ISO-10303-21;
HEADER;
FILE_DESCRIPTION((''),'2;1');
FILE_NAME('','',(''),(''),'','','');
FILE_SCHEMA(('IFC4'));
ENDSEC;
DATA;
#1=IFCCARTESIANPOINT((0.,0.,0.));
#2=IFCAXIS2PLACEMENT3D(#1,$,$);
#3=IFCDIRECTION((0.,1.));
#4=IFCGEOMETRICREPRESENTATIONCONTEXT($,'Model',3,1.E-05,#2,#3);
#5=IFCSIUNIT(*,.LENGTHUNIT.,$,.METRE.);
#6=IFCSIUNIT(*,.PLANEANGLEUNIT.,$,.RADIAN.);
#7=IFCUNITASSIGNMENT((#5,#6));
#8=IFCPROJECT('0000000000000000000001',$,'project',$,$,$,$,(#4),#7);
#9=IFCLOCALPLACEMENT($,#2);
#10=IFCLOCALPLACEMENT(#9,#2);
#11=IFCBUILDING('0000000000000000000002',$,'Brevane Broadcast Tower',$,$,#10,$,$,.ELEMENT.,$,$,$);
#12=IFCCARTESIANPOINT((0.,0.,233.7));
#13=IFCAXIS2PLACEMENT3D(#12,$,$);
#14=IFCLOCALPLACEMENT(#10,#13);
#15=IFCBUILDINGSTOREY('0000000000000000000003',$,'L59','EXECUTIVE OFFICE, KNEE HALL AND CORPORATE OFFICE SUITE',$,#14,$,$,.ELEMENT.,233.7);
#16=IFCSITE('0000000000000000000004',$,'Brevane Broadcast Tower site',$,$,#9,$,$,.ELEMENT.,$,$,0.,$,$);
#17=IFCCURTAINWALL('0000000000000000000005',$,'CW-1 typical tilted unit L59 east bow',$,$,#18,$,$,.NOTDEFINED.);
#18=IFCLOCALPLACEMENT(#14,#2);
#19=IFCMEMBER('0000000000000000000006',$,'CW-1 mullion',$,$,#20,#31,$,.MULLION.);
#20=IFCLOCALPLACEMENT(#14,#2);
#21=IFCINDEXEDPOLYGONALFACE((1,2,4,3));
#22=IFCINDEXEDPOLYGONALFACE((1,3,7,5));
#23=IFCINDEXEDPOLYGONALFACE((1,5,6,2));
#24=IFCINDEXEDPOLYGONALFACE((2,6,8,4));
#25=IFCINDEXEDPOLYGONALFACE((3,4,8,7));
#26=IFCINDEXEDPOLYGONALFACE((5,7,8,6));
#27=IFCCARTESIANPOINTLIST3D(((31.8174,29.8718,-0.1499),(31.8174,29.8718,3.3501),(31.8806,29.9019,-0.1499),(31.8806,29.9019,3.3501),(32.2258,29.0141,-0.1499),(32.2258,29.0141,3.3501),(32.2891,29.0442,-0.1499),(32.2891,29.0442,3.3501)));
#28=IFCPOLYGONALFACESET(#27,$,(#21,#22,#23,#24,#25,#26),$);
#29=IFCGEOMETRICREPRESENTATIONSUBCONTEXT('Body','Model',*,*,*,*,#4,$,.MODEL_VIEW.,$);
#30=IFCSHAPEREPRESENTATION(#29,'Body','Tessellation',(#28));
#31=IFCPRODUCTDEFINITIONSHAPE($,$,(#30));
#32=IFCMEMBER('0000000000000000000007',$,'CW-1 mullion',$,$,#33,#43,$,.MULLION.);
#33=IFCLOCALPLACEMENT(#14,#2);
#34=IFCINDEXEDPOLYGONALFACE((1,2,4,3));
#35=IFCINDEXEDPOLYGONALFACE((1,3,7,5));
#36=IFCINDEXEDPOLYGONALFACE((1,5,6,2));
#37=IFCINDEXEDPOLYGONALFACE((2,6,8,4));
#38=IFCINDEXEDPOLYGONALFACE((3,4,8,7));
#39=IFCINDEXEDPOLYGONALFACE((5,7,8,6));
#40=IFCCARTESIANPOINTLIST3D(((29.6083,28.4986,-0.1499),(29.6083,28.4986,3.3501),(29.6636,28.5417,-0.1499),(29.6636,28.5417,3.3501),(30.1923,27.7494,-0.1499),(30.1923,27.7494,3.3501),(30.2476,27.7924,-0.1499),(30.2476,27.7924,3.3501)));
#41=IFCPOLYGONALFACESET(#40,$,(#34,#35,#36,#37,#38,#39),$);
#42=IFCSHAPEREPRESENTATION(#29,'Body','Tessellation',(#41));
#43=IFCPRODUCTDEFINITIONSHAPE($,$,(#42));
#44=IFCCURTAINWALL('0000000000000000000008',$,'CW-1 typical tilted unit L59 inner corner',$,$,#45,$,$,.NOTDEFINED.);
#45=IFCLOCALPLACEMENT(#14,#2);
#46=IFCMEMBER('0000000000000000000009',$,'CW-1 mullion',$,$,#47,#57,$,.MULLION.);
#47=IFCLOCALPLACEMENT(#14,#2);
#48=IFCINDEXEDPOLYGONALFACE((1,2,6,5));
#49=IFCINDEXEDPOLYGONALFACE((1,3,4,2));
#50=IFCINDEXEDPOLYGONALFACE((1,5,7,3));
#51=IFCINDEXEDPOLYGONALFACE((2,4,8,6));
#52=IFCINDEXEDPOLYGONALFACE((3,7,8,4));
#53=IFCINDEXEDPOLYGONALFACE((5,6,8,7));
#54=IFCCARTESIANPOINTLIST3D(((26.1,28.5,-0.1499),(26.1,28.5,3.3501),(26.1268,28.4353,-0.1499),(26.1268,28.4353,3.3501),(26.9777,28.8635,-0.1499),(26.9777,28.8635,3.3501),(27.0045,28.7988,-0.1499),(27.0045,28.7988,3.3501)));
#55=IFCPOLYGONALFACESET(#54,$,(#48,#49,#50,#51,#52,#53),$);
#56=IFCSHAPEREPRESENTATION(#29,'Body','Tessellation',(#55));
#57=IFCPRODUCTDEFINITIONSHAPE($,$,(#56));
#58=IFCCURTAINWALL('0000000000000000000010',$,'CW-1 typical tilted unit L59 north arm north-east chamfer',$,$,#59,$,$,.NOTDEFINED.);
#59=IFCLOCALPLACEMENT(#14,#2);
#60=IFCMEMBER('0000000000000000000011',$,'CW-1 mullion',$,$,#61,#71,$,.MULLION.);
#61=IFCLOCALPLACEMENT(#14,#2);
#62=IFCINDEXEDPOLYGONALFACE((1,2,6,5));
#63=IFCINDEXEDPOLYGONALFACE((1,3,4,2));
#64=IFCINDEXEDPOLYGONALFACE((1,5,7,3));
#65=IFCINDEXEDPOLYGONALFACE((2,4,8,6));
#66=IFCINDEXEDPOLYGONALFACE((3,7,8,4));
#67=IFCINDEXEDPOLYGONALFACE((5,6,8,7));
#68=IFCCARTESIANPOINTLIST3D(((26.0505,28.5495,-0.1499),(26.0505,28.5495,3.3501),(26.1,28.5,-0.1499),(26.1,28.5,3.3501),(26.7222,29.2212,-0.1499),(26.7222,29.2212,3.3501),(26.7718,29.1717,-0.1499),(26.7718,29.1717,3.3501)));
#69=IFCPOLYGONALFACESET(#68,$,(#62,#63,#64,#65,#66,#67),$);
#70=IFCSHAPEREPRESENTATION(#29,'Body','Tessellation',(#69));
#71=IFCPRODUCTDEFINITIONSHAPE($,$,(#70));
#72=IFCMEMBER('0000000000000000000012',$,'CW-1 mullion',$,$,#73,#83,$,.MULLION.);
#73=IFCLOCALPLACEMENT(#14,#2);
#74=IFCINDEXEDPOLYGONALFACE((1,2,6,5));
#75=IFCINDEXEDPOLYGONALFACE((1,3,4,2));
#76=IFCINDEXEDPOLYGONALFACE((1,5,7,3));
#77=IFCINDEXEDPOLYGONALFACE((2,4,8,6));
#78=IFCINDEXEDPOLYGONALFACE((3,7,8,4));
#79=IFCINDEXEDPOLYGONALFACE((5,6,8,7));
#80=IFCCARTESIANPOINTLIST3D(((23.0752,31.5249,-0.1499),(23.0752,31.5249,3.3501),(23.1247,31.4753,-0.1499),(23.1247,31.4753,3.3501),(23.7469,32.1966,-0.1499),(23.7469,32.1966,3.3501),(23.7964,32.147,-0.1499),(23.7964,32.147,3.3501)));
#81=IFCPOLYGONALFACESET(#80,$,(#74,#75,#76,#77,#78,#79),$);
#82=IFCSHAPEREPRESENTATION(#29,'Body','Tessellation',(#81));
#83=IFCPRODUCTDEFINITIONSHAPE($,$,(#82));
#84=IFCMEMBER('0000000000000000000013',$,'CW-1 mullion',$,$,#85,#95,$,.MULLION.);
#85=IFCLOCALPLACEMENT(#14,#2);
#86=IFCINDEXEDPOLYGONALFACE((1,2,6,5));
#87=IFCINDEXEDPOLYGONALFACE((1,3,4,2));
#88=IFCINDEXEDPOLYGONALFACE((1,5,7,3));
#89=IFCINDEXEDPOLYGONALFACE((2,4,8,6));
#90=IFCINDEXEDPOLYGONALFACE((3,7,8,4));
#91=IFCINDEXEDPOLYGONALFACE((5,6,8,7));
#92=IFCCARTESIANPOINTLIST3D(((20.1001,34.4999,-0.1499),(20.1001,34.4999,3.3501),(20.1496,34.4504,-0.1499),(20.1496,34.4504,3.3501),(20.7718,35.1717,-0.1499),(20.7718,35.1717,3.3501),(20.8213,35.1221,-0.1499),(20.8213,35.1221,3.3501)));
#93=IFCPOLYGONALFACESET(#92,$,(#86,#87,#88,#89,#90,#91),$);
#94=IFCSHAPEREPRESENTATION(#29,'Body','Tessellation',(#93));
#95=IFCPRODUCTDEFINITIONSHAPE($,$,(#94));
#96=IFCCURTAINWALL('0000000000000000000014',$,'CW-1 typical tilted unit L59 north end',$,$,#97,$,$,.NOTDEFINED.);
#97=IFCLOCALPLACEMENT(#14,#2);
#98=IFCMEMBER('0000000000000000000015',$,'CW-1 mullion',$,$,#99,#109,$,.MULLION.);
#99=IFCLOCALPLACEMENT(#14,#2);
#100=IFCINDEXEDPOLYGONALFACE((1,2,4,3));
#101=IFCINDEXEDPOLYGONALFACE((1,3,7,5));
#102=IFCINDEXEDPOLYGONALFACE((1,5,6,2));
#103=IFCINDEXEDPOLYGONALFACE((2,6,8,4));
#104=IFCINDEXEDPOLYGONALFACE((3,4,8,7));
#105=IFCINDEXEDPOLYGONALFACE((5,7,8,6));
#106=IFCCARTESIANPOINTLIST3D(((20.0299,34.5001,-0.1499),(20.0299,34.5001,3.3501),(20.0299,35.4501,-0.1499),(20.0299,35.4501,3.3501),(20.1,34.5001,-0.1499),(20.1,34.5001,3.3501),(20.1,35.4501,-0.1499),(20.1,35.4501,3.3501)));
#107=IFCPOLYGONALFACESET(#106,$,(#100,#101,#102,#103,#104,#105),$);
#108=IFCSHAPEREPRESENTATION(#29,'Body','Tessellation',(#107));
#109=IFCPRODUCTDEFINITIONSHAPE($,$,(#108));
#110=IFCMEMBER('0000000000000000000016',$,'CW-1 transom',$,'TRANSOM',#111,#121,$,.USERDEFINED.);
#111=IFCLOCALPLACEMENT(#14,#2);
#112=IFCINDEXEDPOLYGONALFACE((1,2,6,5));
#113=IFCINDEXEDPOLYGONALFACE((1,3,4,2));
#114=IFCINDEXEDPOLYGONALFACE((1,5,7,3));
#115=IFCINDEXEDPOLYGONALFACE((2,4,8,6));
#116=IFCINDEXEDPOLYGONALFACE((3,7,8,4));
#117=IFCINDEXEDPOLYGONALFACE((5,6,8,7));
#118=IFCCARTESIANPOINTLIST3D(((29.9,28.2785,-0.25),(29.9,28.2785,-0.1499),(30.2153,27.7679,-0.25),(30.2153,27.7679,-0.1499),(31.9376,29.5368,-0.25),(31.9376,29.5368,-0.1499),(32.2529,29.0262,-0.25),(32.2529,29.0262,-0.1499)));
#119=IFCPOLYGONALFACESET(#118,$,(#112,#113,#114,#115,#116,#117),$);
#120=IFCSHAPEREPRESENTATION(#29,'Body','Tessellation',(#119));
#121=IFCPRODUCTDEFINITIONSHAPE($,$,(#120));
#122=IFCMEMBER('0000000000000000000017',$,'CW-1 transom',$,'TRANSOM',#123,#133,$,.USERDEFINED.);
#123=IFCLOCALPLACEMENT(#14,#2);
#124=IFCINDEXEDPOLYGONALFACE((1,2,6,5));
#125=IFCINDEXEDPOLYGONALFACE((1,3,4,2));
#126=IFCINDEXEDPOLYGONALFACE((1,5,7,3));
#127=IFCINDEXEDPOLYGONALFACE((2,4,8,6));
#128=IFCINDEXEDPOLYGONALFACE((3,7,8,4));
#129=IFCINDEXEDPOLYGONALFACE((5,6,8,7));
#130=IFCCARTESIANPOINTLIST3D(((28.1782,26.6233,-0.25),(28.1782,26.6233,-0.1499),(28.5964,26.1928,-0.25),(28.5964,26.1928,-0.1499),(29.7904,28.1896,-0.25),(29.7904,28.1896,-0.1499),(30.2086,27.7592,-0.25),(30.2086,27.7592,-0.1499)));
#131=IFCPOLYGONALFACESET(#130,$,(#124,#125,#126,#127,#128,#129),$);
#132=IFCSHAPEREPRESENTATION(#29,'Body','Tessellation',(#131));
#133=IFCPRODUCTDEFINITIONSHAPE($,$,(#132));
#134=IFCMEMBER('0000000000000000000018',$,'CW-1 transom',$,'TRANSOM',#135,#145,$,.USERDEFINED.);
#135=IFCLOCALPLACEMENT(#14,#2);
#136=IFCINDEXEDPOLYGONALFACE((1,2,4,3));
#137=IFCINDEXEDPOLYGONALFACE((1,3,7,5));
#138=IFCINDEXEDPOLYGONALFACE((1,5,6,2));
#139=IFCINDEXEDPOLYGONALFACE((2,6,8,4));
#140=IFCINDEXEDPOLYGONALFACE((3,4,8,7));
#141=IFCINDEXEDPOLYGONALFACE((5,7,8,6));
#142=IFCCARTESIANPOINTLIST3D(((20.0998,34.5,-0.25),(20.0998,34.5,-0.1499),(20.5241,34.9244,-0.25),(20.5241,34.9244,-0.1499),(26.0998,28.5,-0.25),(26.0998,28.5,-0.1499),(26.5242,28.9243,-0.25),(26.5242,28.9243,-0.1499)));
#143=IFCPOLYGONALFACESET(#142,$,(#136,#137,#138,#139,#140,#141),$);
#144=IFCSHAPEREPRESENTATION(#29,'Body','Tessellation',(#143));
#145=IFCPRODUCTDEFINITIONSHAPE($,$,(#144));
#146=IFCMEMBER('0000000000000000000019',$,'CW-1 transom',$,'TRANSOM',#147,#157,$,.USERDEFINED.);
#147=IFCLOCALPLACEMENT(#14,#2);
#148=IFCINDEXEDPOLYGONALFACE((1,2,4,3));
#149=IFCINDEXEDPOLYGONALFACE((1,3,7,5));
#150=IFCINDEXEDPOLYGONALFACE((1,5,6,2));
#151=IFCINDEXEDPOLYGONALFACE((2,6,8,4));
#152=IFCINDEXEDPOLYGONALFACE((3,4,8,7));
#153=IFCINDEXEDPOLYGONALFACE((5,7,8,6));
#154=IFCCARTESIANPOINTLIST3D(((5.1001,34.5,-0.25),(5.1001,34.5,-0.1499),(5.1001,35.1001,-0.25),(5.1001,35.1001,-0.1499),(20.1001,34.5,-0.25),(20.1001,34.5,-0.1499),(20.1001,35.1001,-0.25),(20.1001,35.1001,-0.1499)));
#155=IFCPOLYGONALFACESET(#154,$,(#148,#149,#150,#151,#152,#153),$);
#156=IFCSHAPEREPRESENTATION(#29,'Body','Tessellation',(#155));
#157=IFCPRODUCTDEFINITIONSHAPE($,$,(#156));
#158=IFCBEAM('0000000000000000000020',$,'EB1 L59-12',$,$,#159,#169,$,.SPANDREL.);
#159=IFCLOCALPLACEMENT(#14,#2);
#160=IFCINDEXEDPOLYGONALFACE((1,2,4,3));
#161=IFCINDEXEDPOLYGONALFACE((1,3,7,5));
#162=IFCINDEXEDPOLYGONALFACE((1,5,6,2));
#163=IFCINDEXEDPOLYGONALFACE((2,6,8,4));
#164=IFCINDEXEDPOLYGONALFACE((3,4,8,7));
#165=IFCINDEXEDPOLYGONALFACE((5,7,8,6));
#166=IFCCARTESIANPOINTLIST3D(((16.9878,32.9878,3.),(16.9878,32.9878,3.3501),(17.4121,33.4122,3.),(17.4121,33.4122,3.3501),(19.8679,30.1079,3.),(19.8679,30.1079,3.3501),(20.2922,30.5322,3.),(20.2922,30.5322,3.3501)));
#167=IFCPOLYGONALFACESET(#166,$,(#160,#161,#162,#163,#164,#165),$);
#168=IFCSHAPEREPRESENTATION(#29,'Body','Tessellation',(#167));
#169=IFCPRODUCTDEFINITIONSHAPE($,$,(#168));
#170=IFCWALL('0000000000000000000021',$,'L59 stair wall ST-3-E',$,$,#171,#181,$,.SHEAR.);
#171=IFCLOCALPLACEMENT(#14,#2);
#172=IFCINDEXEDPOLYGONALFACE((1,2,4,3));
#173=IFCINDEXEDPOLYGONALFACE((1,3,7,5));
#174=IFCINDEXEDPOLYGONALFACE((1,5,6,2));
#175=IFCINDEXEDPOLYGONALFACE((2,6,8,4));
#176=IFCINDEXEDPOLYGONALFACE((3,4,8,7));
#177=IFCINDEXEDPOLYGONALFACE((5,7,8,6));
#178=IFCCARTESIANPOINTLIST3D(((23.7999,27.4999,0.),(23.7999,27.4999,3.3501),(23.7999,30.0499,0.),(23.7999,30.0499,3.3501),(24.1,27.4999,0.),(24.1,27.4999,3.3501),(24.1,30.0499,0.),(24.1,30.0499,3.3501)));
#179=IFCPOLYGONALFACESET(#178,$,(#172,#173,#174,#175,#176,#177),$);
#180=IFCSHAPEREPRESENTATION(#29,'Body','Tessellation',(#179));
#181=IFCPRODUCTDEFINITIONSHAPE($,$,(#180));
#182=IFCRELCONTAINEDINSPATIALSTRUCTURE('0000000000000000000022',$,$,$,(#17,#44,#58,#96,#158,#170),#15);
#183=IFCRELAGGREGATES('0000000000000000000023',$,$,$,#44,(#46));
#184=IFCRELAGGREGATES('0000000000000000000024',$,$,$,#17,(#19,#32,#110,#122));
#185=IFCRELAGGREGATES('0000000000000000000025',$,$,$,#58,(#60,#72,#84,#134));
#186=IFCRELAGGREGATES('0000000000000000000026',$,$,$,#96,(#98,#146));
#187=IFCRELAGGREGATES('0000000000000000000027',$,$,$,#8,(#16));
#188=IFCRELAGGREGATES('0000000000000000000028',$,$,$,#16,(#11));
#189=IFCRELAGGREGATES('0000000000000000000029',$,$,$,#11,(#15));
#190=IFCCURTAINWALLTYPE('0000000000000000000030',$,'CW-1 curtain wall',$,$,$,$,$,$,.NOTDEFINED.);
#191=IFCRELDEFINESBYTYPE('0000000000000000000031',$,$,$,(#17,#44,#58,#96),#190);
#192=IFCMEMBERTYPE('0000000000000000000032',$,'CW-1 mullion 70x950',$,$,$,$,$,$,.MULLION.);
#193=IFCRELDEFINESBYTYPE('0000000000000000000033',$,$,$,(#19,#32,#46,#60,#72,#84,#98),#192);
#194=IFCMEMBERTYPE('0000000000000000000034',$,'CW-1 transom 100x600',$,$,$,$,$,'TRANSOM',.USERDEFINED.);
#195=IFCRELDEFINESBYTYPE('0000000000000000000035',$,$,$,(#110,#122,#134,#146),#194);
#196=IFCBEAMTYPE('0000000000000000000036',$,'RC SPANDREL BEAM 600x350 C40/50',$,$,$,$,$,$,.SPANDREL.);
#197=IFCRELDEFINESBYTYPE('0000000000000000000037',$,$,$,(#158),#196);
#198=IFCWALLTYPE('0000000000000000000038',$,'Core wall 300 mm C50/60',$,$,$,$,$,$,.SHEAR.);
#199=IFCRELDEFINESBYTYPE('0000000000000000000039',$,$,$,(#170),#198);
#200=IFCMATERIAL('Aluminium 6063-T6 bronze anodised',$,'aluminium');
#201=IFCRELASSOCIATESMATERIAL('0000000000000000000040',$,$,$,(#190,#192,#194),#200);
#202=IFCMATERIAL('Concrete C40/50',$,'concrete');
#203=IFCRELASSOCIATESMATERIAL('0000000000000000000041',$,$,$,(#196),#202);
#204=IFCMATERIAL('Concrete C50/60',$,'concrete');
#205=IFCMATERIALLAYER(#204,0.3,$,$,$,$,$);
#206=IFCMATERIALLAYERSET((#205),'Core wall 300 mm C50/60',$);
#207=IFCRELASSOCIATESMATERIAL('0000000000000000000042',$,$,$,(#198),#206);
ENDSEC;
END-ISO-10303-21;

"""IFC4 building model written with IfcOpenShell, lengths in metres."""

from ifc_helpers import new_model, si_unit, direction, frame, frame_2d, origin, origin_2d, place, context, subcontext, project, spatial, rectangle, extrude, material, layer, layer_set, material_profile, profile_set, type_object, element, aggregate, save


model = new_model("IFC4")

# Units and contexts
model_context = context("Model", 3, precision=1e-05, world=origin(), true_north=direction((0.0, 1.0)))
body_context = subcontext(model_context, "Body", "Model", "MODEL_VIEW")
ifc_project = project(units=[si_unit("LENGTHUNIT", "METRE"), si_unit("PLANEANGLEUNIT", "RADIAN")], contexts=[model_context])

# Site, building, storey
site_placement = place(None, origin())
site = spatial("IfcSite", under=ifc_project, at=site_placement, Name="Brevane Broadcast Tower site", CompositionType="ELEMENT", RefElevation=0.0)
building_placement = place(site_placement, origin())
building = spatial("IfcBuilding", under=site, at=building_placement, Name="Brevane Broadcast Tower", CompositionType="ELEMENT")
storey_placement = place(building_placement, frame((0.0, 0.0, 233.7)))
storey = spatial("IfcBuildingStorey", under=building, at=storey_placement, Name="L59", Description="EXECUTIVE OFFICE, KNEE HALL AND CORPORATE OFFICE SUITE", CompositionType="ELEMENT", Elevation=233.7)

# Curtain wall, members
ifc_material_1 = material(Name="Aluminium 6063-T6 bronze anodised", Category="aluminium")
curtain_wall_type = type_object("IfcCurtainWallType", Name="CW-1 curtain wall", PredefinedType="NOTDEFINED", material=ifc_material_1)
curtain_wall_1_placement = place(storey_placement, origin())
curtain_wall_1 = element("IfcCurtainWall", 1, at=curtain_wall_1_placement, inside=storey, type_object=curtain_wall_type, Name="CW-1 typical tilted unit L59 east bow", PredefinedType="NOTDEFINED")
ifc_material_profile_1 = material_profile(ifc_material_1, rectangle(XDim=0.95, YDim=0.0701, at=origin_2d()), Name="RECT 70x950")
ifc_profile_set_1 = profile_set([ifc_material_profile_1], Name="Aluminium 6063-T6 bronze anodised")
member_type_1 = type_object("IfcMemberType", Name="CW-1 mullion 70x950", PredefinedType="MULLION", material=ifc_profile_set_1)
member_1_placement = place(storey_placement, frame((32.0532, 29.458, -0.1499), z_axis=(0.0, 0.0, 1.0), x_axis=(0.429934, -0.902861, 0.0)))
member_1 = element("IfcMember", 2, at=member_1_placement, type_object=member_type_1, Name="CW-1 mullion", PredefinedType="MULLION", context=body_context, shape_type="SweptSolid", body=[
    extrude(rectangle(XDim=0.95, YDim=0.0701, at=origin_2d()), origin(), (0.0, 0.0, 1.0), 3.5),
])
member_2_placement = place(storey_placement, frame((29.928, 28.1455, -0.1499), z_axis=(0.0, 0.0, 1.0), x_axis=(0.61477, -0.788707, 0.0)))
member_2 = element("IfcMember", 3, at=member_2_placement, type_object=member_type_1, Name="CW-1 mullion", PredefinedType="MULLION", context=body_context, shape_type="SweptSolid", body=[
    extrude(rectangle(XDim=0.95, YDim=0.0701, at=origin_2d()), origin(), (0.0, 0.0, 1.0), 3.5),
])

# Curtain wall, member
curtain_wall_2_placement = place(storey_placement, origin())
curtain_wall_2 = element("IfcCurtainWall", 4, at=curtain_wall_2_placement, inside=storey, type_object=curtain_wall_type, Name="CW-1 typical tilted unit L59 inner corner", PredefinedType="NOTDEFINED")
member_3_placement = place(storey_placement, frame((26.5522, 28.6494, -0.1499), z_axis=(0.0, 0.0, 1.0), x_axis=(-0.92388, -0.382683, 0.0)))
member_3 = element("IfcMember", 5, at=member_3_placement, type_object=member_type_1, Name="CW-1 mullion", PredefinedType="MULLION", context=body_context, shape_type="SweptSolid", body=[
    extrude(rectangle(XDim=0.95, YDim=0.0701, at=origin_2d()), origin(), (0.0, 0.0, 1.0), 3.5),
])
aggregate(curtain_wall_2, [member_3])

# Curtain wall, members
curtain_wall_3_placement = place(storey_placement, origin())
curtain_wall_3 = element("IfcCurtainWall", 6, at=curtain_wall_3_placement, inside=storey, type_object=curtain_wall_type, Name="CW-1 typical tilted unit L59 north arm north-east chamfer", PredefinedType="NOTDEFINED")
member_4_placement = place(storey_placement, frame((26.4111, 28.8606, -0.1499), z_axis=(0.0, 0.0, 1.0), x_axis=(-0.707107, -0.707107, 0.0)))
member_4 = element("IfcMember", 7, at=member_4_placement, type_object=member_type_1, Name="CW-1 mullion", PredefinedType="MULLION", context=body_context, shape_type="SweptSolid", body=[
    extrude(rectangle(XDim=0.95, YDim=0.0701, at=origin_2d()), origin(), (0.0, 0.0, 1.0), 3.5),
])
member_5_placement = place(storey_placement, frame((23.4358, 31.8359, -0.1499), z_axis=(0.0, 0.0, 1.0), x_axis=(-0.707107, -0.707107, 0.0)))
member_5 = element("IfcMember", 8, at=member_5_placement, type_object=member_type_1, Name="CW-1 mullion", PredefinedType="MULLION", context=body_context, shape_type="SweptSolid", body=[
    extrude(rectangle(XDim=0.95, YDim=0.0701, at=origin_2d()), origin(), (0.0, 0.0, 1.0), 3.5),
])
member_6_placement = place(storey_placement, frame((20.4607, 34.811, -0.1499), z_axis=(0.0, 0.0, 1.0), x_axis=(-0.707107, -0.707107, 0.0)))
member_6 = element("IfcMember", 9, at=member_6_placement, type_object=member_type_1, Name="CW-1 mullion", PredefinedType="MULLION", context=body_context, shape_type="SweptSolid", body=[
    extrude(rectangle(XDim=0.95, YDim=0.0701, at=origin_2d()), origin(), (0.0, 0.0, 1.0), 3.5),
])

# Curtain wall, member
curtain_wall_4_placement = place(storey_placement, origin())
curtain_wall_4 = element("IfcCurtainWall", 10, at=curtain_wall_4_placement, inside=storey, type_object=curtain_wall_type, Name="CW-1 typical tilted unit L59 north end", PredefinedType="NOTDEFINED")
member_7_placement = place(storey_placement, frame((20.0649, 34.9751, -0.1499), z_axis=(0.0, 0.0, 1.0), x_axis=(0.0, -1.0, 0.0)))
member_7 = element("IfcMember", 11, at=member_7_placement, type_object=member_type_1, Name="CW-1 mullion", PredefinedType="MULLION", context=body_context, shape_type="SweptSolid", body=[
    extrude(rectangle(XDim=0.95, YDim=0.0701, at=origin_2d()), origin(), (0.0, 0.0, 1.0), 3.5),
])

# Members
ifc_material_profile_2 = material_profile(ifc_material_1, rectangle(XDim=0.6001, YDim=0.1001, at=origin_2d()), Name="RECT 100x600")
ifc_profile_set_2 = profile_set([ifc_material_profile_2], Name="Aluminium 6063-T6 bronze anodised")
member_type_2 = type_object("IfcMemberType", Name="CW-1 transom 100x600", ElementType="TRANSOM", PredefinedType="USERDEFINED", material=ifc_profile_set_2)
member_8_placement = place(storey_placement, frame((32.0952, 29.2815, -0.2), z_axis=(-0.850838, -0.525428, 0.0), x_axis=(0.525428, -0.850838, 0.0)))
member_8 = element("IfcMember", 12, at=member_8_placement, type_object=member_type_2, Name="CW-1 transom", ObjectType="TRANSOM", PredefinedType="USERDEFINED", context=body_context, shape_type="SweptSolid", body=[
    extrude(rectangle(XDim=0.6001, YDim=0.1001, at=origin_2d()), origin(), (0.0, 0.0, 1.0), 2.3948),
])
member_9_placement = place(storey_placement, frame((29.9995, 27.9744, -0.2), z_axis=(-0.717242, -0.696824, 0.0), x_axis=(0.696824, -0.717242, 0.0)))
member_9 = element("IfcMember", 13, at=member_9_placement, type_object=member_type_2, Name="CW-1 transom", ObjectType="TRANSOM", PredefinedType="USERDEFINED", context=body_context, shape_type="SweptSolid", body=[
    extrude(rectangle(XDim=0.6001, YDim=0.1001, at=origin_2d()), origin(), (0.0, 0.0, 1.0), 2.2478),
])
aggregate(curtain_wall_1, [member_1, member_2, member_8, member_9])
member_10_placement = place(storey_placement, frame((26.312, 28.7122, -0.2), z_axis=(-0.707107, 0.707107, 0.0), x_axis=(-0.707107, -0.707107, 0.0)))
member_10 = element("IfcMember", 14, at=member_10_placement, type_object=member_type_2, Name="CW-1 transom", ObjectType="TRANSOM", PredefinedType="USERDEFINED", context=body_context, shape_type="SweptSolid", body=[
    extrude(rectangle(XDim=0.6001, YDim=0.1001, at=origin_2d()), origin(), (0.0, 0.0, 1.0), 8.4854),
])
aggregate(curtain_wall_3, [member_4, member_5, member_6, member_10])
member_11_placement = place(storey_placement, frame((20.1001, 34.8, -0.2), z_axis=(-1.0, 0.0, 0.0), x_axis=(0.0, -1.0, 0.0)))
member_11 = element("IfcMember", 15, at=member_11_placement, type_object=member_type_2, Name="CW-1 transom", ObjectType="TRANSOM", PredefinedType="USERDEFINED", context=body_context, shape_type="SweptSolid", body=[
    extrude(rectangle(XDim=0.6001, YDim=0.1001, at=origin_2d()), origin(), (0.0, 0.0, 1.0), 15.0),
])
aggregate(curtain_wall_4, [member_7, member_11])

# Beam
ifc_material_2 = material(Name="Concrete C40/50", Category="concrete")
ifc_material_profile_3 = material_profile(ifc_material_2, rectangle(XDim=0.6001, YDim=0.3501, at=origin_2d()), Name="RC 600x350")
ifc_profile_set_3 = profile_set([ifc_material_profile_3], Name="Concrete C40/50")
beam_type = type_object("IfcBeamType", Name="RC SPANDREL BEAM 600x350 C40/50", PredefinedType="SPANDREL", material=ifc_profile_set_3)
beam_placement = place(storey_placement, frame((20.0801, 30.3201, 3.175), z_axis=(-0.707137, 0.707077, 0.0), x_axis=(-0.707077, -0.707137, 0.0)))
element("IfcBeam", 16, at=beam_placement, inside=storey, type_object=beam_type, Name="EB1 L59-12", PredefinedType="SPANDREL", context=body_context, shape_type="SweptSolid", body=[
    extrude(rectangle(XDim=0.6001, YDim=0.3501, at=origin_2d()), origin(), (0.0, 0.0, 1.0), 4.073),
])

# Wall
ifc_material_3 = material(Name="Concrete C50/60", Category="concrete")
ifc_layer_1 = layer(ifc_material_3, 0.3)
ifc_layer_set_1 = layer_set([ifc_layer_1], Name="Core wall 300 mm C50/60")
wall_type_1 = type_object("IfcWallType", Name="Core wall 300 mm C50/60", PredefinedType="SHEAR", material=ifc_layer_set_1)
wall_1_placement = place(storey_placement, frame((23.95, 27.5, 0.0), z_axis=(0.0, 0.0, 1.0), x_axis=(0.0, 1.0, 0.0)))
element("IfcWall", 17, at=wall_1_placement, inside=storey, type_object=wall_type_1, Name="L59 stair wall ST-3-E", PredefinedType="SHEAR", context=body_context, shape_type="SweptSolid", body=[
    extrude(rectangle(XDim=2.55, YDim=0.3, at=frame_2d((1.2749, 0.0))), origin(), (0.0, 0.0, 1.0), 3.3501),
])

save(model, "model.ifc")
